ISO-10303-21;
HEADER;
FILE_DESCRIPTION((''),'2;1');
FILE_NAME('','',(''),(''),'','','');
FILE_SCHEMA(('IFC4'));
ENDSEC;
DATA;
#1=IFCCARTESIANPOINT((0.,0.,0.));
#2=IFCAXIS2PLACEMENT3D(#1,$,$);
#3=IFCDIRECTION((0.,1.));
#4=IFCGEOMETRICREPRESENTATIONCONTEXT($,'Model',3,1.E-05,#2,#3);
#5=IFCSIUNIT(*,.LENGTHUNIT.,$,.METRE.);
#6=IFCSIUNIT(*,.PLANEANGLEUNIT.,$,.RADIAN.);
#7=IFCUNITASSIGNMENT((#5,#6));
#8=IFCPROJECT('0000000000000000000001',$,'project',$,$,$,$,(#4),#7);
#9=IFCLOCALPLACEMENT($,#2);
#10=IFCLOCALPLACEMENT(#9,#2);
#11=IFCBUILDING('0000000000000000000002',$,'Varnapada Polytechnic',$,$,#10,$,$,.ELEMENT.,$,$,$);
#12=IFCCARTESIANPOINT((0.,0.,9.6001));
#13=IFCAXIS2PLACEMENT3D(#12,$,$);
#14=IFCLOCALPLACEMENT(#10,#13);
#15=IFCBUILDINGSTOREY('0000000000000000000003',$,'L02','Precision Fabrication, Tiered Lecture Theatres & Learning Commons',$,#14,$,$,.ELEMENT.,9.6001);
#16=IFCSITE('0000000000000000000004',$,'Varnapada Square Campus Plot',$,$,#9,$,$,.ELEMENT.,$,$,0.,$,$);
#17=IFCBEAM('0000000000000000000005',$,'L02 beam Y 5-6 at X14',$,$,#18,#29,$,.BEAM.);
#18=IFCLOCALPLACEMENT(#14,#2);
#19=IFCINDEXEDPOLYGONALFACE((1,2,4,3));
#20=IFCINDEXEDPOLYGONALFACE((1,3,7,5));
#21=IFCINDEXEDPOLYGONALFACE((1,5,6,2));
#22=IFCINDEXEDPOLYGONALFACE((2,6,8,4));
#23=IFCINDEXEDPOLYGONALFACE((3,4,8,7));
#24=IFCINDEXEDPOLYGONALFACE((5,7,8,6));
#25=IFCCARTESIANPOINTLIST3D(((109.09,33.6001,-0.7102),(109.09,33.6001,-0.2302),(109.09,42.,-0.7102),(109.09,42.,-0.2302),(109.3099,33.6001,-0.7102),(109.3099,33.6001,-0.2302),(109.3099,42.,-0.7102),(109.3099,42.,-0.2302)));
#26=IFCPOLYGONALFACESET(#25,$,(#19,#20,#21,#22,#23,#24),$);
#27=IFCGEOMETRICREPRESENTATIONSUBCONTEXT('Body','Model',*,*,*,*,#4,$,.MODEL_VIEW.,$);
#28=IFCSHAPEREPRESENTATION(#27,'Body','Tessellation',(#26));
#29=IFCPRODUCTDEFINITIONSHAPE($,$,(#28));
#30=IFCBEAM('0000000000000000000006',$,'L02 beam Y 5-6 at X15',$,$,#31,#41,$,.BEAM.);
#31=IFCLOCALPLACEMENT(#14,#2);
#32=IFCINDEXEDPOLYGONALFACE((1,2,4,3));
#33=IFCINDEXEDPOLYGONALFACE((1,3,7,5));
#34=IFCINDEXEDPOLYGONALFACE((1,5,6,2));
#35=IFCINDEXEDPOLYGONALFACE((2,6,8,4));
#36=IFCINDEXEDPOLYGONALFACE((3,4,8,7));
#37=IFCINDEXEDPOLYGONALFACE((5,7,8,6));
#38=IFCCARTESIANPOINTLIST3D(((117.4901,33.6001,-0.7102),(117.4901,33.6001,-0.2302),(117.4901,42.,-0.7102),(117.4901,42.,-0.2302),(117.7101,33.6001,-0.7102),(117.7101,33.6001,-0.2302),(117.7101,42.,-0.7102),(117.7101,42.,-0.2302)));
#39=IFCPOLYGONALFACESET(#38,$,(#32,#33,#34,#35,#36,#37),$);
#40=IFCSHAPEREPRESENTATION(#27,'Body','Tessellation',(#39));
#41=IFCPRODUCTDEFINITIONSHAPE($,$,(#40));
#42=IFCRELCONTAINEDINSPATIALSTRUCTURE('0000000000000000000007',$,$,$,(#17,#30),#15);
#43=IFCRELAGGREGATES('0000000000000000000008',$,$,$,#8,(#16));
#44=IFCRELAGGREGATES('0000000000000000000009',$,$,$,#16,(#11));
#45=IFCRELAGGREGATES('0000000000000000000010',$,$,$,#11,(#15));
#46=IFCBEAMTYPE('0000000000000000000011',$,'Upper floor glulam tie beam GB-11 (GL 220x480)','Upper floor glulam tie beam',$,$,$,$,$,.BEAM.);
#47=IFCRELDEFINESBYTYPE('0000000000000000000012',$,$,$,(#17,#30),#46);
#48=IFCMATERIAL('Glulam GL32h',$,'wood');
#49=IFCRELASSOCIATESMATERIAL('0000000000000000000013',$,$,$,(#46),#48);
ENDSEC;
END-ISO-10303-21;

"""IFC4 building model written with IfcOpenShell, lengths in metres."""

from ifc_helpers import new_model, si_unit, direction, frame, origin, origin_2d, place, context, subcontext, project, spatial, rectangle, extrude, material, material_profile, profile_set, type_object, element, save


model = new_model("IFC4")

# Units and contexts
model_context = context("Model", 3, precision=1e-05, world=origin(), true_north=direction((0.0, 1.0)))
body_context = subcontext(model_context, "Body", "Model", "MODEL_VIEW")
ifc_project = project(units=[si_unit("LENGTHUNIT", "METRE"), si_unit("PLANEANGLEUNIT", "RADIAN")], contexts=[model_context])

# Site, building, storey
site_placement = place(None, origin())
site = spatial("IfcSite", under=ifc_project, at=site_placement, Name="Varnapada Square Campus Plot", CompositionType="ELEMENT", RefElevation=0.0)
building_placement = place(site_placement, origin())
building = spatial("IfcBuilding", under=site, at=building_placement, Name="Varnapada Polytechnic", CompositionType="ELEMENT")
storey_placement = place(building_placement, frame((0.0, 0.0, 9.6001)))
storey = spatial("IfcBuildingStorey", under=building, at=storey_placement, Name="L02", Description="Precision Fabrication, Tiered Lecture Theatres & Learning Commons", CompositionType="ELEMENT", Elevation=9.6001)

# Beams
ifc_material_1 = material(Name="Glulam GL32h", Category="wood")
ifc_material_profile_1 = material_profile(ifc_material_1, rectangle(XDim=0.22, YDim=0.48, at=origin_2d()), Name="GL 220x480")
ifc_profile_set_1 = profile_set([ifc_material_profile_1], Name="Glulam GL32h")
beam_type_1 = type_object("IfcBeamType", Name="Upper floor glulam tie beam GB-11 (GL 220x480)", Description="Upper floor glulam tie beam", PredefinedType="BEAM", material=ifc_profile_set_1)
for number, where, z_axis, x_axis, name in (
    (1, (109.2, 33.6001, -0.4702), (0.0, 1.0, 0.0), (-1.0, 0.0, 0.0), "L02 beam Y 5-6 at X14"),
    (2, (117.6001, 33.6001, -0.4702), (0.0, 1.0, 0.0), (-1.0, 0.0, 0.0), "L02 beam Y 5-6 at X15"),
):
    element("IfcBeam", number, at=place(storey_placement, frame(where, z_axis=z_axis, x_axis=x_axis)), inside=storey, type_object=beam_type_1, Name=name, PredefinedType="BEAM", context=body_context, shape_type="SweptSolid", body=[
        extrude(rectangle(XDim=0.22, YDim=0.48, at=origin_2d()), origin(), (0.0, 0.0, 1.0), 8.3999),
    ])

save(model, "model.ifc")
